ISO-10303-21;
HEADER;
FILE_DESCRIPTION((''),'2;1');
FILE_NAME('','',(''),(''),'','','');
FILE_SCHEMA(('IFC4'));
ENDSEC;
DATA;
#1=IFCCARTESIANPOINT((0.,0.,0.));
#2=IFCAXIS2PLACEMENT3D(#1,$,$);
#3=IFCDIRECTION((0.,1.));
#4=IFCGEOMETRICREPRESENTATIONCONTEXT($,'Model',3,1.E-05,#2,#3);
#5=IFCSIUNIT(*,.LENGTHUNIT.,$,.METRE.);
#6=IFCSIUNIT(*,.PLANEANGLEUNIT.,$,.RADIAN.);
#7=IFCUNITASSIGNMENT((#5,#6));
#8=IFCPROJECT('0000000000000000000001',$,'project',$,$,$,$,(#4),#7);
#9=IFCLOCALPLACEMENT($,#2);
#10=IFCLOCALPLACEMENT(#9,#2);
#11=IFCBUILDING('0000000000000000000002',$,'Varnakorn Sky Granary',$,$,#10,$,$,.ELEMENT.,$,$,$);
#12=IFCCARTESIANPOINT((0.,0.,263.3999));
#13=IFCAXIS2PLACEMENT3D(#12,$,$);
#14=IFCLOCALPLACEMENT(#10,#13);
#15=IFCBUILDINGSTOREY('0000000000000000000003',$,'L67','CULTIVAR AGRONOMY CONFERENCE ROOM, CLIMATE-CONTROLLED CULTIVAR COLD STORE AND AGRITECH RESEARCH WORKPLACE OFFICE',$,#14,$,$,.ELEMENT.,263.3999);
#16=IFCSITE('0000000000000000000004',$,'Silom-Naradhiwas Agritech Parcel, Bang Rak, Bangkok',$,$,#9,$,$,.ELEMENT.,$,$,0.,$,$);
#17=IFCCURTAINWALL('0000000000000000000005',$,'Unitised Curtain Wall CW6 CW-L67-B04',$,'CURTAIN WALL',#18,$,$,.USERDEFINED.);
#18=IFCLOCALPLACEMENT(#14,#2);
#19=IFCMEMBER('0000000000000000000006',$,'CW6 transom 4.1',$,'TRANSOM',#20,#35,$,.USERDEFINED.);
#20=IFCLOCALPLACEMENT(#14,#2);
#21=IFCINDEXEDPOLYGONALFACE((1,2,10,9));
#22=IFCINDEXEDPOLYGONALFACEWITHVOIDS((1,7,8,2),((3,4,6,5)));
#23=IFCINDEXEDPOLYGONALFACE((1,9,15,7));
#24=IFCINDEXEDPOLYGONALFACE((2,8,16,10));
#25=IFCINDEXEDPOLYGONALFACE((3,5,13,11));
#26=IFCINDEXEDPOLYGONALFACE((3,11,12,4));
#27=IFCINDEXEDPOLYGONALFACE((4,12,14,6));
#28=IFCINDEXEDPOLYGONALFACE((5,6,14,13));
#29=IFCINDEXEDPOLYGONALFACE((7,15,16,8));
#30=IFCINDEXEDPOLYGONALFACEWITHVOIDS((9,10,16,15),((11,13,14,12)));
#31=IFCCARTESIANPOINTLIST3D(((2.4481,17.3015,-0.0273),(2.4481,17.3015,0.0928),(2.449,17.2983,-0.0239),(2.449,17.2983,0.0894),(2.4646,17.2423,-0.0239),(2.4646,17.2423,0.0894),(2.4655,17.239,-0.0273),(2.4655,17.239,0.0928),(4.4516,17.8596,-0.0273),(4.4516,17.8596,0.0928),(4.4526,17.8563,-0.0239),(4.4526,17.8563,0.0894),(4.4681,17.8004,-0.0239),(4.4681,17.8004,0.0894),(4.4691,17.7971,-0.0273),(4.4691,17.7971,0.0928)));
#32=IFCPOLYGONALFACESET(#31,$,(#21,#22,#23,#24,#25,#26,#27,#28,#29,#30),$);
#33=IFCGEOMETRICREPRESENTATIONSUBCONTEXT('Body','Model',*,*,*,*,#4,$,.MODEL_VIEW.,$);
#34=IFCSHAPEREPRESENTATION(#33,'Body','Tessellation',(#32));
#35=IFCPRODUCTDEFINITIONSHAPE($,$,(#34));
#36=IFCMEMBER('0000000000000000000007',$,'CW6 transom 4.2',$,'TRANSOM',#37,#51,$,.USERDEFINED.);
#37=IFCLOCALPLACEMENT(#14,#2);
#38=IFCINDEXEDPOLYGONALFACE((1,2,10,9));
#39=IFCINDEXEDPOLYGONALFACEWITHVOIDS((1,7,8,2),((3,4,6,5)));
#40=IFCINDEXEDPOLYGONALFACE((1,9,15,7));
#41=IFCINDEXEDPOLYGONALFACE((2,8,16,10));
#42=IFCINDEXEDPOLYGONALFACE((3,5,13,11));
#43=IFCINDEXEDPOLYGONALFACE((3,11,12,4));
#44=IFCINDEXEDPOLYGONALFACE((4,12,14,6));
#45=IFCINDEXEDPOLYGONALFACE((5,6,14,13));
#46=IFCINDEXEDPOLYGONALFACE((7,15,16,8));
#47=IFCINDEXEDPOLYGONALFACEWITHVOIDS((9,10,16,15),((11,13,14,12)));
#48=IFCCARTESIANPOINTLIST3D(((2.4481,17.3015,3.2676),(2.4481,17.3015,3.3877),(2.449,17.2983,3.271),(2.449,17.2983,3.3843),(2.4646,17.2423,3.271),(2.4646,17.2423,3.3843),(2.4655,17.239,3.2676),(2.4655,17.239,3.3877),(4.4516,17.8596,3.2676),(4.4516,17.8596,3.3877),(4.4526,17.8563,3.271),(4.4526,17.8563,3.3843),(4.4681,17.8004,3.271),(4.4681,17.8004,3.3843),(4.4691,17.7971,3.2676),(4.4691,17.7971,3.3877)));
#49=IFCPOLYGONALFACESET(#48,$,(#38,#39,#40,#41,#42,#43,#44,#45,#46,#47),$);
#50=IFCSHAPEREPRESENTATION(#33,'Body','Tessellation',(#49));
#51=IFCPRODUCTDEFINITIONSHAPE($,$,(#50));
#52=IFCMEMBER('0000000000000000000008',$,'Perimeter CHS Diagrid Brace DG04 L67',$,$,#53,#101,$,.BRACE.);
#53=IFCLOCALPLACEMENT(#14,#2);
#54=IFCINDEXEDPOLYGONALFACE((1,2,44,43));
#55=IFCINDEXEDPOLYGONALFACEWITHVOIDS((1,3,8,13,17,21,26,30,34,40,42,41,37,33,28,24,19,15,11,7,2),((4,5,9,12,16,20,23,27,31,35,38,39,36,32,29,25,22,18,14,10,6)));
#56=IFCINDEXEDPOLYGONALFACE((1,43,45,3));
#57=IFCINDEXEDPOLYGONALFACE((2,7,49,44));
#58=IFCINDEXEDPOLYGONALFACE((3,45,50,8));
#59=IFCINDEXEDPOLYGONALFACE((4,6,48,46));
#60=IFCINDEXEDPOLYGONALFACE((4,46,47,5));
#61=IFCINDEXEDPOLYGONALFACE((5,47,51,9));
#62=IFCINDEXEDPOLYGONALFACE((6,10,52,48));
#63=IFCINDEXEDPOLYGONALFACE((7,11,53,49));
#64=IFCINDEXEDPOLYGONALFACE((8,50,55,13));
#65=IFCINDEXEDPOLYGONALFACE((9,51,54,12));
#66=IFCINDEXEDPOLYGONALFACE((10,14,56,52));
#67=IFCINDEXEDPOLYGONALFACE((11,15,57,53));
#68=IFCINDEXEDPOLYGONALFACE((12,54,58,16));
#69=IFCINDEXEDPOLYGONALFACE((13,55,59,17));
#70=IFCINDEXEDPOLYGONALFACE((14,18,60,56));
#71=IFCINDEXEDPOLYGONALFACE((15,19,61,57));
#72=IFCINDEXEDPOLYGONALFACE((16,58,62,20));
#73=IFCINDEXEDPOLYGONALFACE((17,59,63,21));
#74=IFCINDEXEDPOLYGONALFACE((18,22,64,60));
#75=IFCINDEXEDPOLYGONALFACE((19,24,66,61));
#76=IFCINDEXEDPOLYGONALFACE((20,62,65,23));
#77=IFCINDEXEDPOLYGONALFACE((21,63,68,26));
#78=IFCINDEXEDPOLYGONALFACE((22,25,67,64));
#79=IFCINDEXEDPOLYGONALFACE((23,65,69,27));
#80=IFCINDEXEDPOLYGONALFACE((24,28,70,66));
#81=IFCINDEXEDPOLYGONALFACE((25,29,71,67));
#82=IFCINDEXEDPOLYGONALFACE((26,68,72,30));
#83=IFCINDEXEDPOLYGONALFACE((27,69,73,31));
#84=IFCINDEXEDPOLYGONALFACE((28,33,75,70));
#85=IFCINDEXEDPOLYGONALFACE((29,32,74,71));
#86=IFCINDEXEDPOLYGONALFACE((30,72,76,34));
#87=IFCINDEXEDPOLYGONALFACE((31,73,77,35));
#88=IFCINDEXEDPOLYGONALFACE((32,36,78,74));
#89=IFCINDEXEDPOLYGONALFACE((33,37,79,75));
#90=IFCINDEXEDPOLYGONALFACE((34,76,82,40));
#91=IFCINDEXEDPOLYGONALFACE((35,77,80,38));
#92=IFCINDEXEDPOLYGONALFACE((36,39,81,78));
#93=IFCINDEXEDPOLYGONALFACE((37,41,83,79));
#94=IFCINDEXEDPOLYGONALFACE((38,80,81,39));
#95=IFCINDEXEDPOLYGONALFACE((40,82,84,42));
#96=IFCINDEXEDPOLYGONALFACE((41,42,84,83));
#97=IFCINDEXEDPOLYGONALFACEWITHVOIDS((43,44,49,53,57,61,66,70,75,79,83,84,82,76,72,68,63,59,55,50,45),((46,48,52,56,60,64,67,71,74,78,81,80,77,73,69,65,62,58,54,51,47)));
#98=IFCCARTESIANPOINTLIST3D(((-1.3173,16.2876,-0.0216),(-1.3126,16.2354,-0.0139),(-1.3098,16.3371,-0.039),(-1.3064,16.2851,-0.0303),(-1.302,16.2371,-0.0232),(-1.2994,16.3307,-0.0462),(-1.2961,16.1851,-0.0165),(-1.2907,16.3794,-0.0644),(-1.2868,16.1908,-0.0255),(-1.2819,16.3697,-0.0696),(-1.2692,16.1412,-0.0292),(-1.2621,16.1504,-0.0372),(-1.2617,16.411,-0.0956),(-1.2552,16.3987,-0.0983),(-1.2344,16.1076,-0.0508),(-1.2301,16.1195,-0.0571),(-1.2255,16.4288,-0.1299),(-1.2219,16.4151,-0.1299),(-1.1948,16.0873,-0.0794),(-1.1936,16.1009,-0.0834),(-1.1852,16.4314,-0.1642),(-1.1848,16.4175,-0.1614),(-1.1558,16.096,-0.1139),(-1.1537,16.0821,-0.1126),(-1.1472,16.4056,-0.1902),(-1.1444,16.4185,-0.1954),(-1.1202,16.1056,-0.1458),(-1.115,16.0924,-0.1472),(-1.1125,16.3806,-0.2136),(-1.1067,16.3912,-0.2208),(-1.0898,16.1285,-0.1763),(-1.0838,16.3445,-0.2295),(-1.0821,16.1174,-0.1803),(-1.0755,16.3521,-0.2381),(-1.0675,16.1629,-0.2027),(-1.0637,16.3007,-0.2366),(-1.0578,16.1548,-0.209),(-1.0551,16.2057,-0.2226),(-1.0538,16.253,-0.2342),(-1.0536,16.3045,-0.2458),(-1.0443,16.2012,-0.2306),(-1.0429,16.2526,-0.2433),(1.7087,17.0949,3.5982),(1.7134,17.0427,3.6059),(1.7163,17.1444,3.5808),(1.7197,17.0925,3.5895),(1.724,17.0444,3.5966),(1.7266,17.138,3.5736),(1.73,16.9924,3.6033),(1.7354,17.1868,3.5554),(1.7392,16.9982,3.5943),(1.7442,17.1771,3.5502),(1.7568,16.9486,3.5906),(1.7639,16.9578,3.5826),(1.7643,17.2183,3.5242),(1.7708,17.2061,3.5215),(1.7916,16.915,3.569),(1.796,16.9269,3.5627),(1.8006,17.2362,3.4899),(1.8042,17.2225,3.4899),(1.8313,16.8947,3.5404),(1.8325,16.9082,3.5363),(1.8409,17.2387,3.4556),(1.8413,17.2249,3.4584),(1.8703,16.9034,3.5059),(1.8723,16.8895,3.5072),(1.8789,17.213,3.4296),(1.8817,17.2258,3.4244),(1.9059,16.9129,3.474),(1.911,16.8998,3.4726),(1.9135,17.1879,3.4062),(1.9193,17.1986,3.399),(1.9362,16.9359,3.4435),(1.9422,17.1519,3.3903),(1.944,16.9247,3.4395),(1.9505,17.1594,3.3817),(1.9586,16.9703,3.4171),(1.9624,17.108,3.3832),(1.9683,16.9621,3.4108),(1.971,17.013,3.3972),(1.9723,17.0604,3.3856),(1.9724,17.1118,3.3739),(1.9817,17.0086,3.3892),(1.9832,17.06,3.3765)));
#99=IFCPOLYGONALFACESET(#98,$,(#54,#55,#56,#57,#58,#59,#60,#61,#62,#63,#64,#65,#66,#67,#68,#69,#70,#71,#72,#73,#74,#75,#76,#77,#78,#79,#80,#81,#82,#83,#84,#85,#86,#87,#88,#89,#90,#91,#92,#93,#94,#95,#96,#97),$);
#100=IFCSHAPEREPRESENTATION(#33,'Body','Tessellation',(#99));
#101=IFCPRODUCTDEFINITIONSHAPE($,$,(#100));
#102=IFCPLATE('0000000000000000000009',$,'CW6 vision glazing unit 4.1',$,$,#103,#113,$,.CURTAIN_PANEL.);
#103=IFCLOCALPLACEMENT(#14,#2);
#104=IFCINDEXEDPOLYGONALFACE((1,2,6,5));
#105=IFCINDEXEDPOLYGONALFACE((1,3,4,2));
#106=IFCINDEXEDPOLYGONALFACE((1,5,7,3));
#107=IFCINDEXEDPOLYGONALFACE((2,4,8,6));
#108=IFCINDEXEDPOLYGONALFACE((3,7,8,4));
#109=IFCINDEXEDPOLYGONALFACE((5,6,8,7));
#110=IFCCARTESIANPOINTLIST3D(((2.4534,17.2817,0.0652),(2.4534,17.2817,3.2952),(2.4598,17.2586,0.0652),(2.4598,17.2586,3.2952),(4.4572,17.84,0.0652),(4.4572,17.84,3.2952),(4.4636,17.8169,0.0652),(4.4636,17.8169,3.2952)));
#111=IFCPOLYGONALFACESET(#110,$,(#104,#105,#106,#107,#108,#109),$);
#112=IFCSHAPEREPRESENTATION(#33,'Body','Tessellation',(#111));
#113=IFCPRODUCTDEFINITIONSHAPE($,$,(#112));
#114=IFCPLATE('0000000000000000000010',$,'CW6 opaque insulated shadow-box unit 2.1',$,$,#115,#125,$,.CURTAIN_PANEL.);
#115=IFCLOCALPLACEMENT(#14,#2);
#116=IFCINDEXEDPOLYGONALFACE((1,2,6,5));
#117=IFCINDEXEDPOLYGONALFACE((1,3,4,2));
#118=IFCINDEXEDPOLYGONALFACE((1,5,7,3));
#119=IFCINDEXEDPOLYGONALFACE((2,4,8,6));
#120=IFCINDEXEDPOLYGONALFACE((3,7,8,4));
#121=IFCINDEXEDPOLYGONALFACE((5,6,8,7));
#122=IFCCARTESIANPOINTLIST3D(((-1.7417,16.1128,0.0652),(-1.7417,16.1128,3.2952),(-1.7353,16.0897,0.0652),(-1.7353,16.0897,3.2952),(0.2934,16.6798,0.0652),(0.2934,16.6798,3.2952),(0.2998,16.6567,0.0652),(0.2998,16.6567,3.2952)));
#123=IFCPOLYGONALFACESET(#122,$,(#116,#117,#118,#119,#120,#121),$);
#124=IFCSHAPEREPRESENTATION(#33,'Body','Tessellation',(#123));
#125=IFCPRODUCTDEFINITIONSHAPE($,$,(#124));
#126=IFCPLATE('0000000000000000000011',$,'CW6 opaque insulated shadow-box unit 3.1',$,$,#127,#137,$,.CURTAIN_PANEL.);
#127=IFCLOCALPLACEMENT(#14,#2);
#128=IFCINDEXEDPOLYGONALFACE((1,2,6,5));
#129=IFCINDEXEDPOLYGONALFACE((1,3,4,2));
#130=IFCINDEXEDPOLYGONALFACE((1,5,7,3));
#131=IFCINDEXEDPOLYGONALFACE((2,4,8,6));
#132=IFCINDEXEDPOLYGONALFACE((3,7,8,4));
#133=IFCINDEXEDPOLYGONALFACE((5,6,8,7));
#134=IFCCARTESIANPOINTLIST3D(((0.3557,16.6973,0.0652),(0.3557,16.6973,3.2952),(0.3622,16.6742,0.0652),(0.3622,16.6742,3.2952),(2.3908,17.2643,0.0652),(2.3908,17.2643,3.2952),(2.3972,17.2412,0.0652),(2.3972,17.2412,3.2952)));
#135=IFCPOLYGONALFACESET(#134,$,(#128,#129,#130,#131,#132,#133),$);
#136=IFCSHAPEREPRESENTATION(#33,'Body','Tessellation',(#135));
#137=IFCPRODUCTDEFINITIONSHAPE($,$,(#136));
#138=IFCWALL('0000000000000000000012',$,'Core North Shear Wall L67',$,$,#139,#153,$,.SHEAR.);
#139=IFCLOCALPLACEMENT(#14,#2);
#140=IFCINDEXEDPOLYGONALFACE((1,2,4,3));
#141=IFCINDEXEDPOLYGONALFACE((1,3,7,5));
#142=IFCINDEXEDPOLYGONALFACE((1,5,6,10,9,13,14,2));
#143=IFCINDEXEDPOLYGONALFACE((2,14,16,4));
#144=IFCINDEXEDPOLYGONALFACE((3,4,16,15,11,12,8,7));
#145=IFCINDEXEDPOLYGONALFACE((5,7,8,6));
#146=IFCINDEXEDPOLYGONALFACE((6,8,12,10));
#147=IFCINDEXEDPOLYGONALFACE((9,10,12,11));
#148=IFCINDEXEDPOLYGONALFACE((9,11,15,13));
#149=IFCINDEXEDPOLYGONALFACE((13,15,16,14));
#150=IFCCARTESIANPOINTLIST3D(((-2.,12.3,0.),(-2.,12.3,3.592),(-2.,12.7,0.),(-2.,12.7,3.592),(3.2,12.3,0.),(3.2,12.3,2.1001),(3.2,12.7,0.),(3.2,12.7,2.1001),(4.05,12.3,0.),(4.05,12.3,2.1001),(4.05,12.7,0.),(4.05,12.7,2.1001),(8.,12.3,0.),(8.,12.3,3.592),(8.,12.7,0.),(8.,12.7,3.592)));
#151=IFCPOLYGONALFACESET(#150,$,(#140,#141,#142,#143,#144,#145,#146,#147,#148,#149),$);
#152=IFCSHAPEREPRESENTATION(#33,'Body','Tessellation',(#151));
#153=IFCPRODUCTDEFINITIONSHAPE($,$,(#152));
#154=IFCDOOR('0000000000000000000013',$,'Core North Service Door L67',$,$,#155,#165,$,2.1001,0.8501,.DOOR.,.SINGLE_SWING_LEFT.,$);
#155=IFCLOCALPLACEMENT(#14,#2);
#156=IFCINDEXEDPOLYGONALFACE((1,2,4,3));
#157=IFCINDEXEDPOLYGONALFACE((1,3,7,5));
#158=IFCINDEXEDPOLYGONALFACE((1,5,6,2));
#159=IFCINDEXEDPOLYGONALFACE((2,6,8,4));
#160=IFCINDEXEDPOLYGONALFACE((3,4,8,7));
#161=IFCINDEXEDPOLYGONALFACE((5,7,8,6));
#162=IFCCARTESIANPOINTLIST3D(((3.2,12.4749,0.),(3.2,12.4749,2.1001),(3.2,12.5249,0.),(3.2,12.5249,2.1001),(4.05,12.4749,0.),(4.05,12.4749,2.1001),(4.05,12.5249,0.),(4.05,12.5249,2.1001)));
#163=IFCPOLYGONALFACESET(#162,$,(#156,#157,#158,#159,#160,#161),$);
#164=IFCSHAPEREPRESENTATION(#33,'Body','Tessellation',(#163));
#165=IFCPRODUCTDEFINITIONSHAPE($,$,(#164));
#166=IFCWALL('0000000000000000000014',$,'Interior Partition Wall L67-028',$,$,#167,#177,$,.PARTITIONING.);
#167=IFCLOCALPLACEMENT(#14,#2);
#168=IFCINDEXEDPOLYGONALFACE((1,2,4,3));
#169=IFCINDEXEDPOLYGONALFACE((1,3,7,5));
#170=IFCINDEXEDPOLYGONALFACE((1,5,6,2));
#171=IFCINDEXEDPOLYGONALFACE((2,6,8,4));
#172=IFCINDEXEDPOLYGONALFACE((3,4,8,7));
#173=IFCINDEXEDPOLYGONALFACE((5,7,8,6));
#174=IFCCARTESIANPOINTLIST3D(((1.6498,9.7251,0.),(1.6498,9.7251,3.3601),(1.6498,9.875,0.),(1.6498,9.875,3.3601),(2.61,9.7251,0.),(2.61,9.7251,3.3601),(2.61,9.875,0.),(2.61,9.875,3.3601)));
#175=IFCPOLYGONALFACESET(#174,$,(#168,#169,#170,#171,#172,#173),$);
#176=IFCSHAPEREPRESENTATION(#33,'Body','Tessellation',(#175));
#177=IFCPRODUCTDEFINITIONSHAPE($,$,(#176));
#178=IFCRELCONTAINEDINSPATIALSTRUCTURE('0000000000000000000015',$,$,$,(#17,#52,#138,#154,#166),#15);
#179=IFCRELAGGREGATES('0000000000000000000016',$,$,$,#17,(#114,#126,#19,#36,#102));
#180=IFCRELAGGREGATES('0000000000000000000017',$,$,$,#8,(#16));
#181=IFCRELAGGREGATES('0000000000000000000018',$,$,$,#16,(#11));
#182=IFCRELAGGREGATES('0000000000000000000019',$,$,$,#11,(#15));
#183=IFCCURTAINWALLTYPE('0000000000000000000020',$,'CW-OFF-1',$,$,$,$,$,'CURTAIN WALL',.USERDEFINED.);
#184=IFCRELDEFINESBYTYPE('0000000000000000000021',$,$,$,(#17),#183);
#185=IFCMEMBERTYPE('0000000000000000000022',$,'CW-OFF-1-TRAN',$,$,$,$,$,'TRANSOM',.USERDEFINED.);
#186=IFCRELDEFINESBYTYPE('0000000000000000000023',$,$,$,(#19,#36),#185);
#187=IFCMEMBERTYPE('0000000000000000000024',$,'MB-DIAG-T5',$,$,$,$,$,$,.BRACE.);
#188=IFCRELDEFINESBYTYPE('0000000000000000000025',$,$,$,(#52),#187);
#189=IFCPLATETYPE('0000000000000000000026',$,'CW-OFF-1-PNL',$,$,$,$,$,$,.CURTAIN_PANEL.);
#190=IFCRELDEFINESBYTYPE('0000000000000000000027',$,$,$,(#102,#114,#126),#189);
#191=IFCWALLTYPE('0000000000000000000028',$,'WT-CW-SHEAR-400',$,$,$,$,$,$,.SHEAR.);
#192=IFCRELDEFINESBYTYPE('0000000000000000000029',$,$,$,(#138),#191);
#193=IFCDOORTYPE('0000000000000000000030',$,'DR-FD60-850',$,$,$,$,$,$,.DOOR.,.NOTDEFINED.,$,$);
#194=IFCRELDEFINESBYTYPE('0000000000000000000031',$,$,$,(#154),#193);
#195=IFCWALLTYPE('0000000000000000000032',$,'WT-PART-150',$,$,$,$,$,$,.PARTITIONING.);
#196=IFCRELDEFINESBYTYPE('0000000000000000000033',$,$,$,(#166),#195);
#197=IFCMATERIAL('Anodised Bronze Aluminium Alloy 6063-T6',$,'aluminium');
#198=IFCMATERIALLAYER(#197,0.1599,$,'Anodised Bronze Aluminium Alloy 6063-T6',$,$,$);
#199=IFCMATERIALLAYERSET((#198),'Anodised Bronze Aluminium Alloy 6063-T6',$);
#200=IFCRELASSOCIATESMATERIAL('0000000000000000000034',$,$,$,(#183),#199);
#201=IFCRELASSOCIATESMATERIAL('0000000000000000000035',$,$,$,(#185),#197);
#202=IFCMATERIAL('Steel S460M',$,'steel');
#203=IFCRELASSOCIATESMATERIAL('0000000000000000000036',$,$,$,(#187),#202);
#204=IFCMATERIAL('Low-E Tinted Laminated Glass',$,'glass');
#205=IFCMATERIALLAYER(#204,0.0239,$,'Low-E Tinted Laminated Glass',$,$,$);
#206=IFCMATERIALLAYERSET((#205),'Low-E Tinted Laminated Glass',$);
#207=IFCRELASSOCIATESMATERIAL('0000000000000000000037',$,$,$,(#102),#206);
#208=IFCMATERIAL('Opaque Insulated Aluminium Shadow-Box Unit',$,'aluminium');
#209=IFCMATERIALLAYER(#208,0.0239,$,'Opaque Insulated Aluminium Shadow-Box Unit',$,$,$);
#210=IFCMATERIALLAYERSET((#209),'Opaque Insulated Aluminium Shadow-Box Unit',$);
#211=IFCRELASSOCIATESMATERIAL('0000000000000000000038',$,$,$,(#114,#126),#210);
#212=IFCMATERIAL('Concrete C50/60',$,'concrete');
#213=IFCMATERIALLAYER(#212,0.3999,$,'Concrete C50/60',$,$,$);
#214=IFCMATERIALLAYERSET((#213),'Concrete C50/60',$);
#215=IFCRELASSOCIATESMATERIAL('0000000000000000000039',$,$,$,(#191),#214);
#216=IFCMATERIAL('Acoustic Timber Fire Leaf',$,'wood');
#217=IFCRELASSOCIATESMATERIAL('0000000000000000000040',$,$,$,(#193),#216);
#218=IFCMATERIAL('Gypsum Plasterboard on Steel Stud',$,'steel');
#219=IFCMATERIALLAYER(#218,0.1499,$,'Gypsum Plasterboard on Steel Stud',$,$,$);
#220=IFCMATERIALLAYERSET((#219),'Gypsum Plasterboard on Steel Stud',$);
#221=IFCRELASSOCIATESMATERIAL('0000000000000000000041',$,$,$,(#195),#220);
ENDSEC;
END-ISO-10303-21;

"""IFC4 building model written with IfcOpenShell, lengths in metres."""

from ifc_helpers import new_model, si_unit, direction, frame, frame_2d, origin, origin_2d, place, context, subcontext, project, spatial, rectangle, hollow_rectangle, hollow_circle, extrude, source, transform, mapped, material, layer, layer_set, material_profile, profile_set, type_object, type_shapes, element, fill, aggregate, save


model = new_model("IFC4")

# Units and contexts
model_context = context("Model", 3, precision=1e-05, world=origin(), true_north=direction((0.0, 1.0)))
body_context = subcontext(model_context, "Body", "Model", "MODEL_VIEW")
ifc_project = project(units=[si_unit("LENGTHUNIT", "METRE"), si_unit("PLANEANGLEUNIT", "RADIAN")], contexts=[model_context])

# Site, building, storey
site_placement = place(None, origin())
site = spatial("IfcSite", under=ifc_project, at=site_placement, Name="Silom-Naradhiwas Agritech Parcel, Bang Rak, Bangkok", CompositionType="ELEMENT", RefElevation=0.0)
building_placement = place(site_placement, origin())
building = spatial("IfcBuilding", under=site, at=building_placement, Name="Varnakorn Sky Granary", CompositionType="ELEMENT")
storey_placement = place(building_placement, frame((0.0, 0.0, 263.3999)))
storey = spatial("IfcBuildingStorey", under=building, at=storey_placement, Name="L67", Description="CULTIVAR AGRONOMY CONFERENCE ROOM, CLIMATE-CONTROLLED CULTIVAR COLD STORE AND AGRITECH RESEARCH WORKPLACE OFFICE", CompositionType="ELEMENT", Elevation=263.3999)

# Curtain wall, members
ifc_material_1 = material(Name="Anodised Bronze Aluminium Alloy 6063-T6", Category="aluminium")
ifc_layer_1 = layer(ifc_material_1, 0.1599, Name="Anodised Bronze Aluminium Alloy 6063-T6")
ifc_layer_set_1 = layer_set([ifc_layer_1], Name="Anodised Bronze Aluminium Alloy 6063-T6")
curtain_wall_type = type_object("IfcCurtainWallType", Name="CW-OFF-1", ElementType="CURTAIN WALL", PredefinedType="USERDEFINED", material=ifc_layer_set_1)
curtain_wall_placement = place(storey_placement, origin())
curtain_wall = element("IfcCurtainWall", 1, at=curtain_wall_placement, inside=storey, type_object=curtain_wall_type, Name="Unitised Curtain Wall CW6 CW-L67-B04", ObjectType="CURTAIN WALL", PredefinedType="USERDEFINED")
ifc_material_profile_1 = material_profile(ifc_material_1, hollow_rectangle(XDim=0.0649, YDim=0.1201, WallThickness=0.0034, at=origin_2d()), Name="ALU TRAN 65x120")
ifc_profile_set_1 = profile_set([ifc_material_profile_1], Name="Anodised Bronze Aluminium Alloy 6063-T6")
member_type_1 = type_object("IfcMemberType", Name="CW-OFF-1-TRAN", ElementType="TRANSOM", PredefinedType="USERDEFINED", material=ifc_profile_set_1)
member_1_placement = place(storey_placement, frame((2.4568, 17.2703, 0.0327), z_axis=(0.963328, 0.268328, 0.0), x_axis=(-0.268328, 0.963328, 0.0)))
member_1 = element("IfcMember", 2, at=member_1_placement, type_object=member_type_1, Name="CW6 transom 4.1", ObjectType="TRANSOM", PredefinedType="USERDEFINED", context=body_context, shape_type="SweptSolid", body=[
    extrude(hollow_rectangle(XDim=0.0649, YDim=0.1201, WallThickness=0.0034, at=origin_2d()), origin(), (0.0, 0.0, 1.0), 2.0798),
])
member_2_placement = place(storey_placement, frame((2.4568, 17.2703, 3.3276), z_axis=(0.963328, 0.268328, 0.0), x_axis=(-0.268328, 0.963328, 0.0)))
member_2 = element("IfcMember", 3, at=member_2_placement, type_object=member_type_1, Name="CW6 transom 4.2", ObjectType="TRANSOM", PredefinedType="USERDEFINED", context=body_context, shape_type="SweptSolid", body=[
    extrude(hollow_rectangle(XDim=0.0649, YDim=0.1201, WallThickness=0.0034, at=origin_2d()), origin(), (0.0, 0.0, 1.0), 2.0798),
])

# Member
ifc_material_2 = material(Name="Steel S460M", Category="steel")
ifc_material_profile_2 = material_profile(ifc_material_2, hollow_circle(Radius=0.1777, WallThickness=0.0142, at=origin_2d()), Name="CHS 355.6x14")
ifc_profile_set_2 = profile_set([ifc_material_profile_2], Name="Steel S460M")
member_type_2 = type_object("IfcMemberType", Name="MB-DIAG-T5", PredefinedType="BRACE", material=ifc_profile_set_2)
member_3_placement = place(storey_placement, frame((-1.1797, 16.2571, -0.1299), z_axis=(0.63219, 0.168669, 0.756231), x_axis=(-0.257784, 0.966203, 0.0)))
element("IfcMember", 4, at=member_3_placement, inside=storey, type_object=member_type_2, Name="Perimeter CHS Diagrid Brace DG04 L67", PredefinedType="BRACE", context=body_context, shape_type="SweptSolid", body=[
    extrude(hollow_circle(Radius=0.1777, WallThickness=0.0142, at=origin_2d()), origin(), (0.0, 0.0, 1.0), 4.7866),
])

# Plates
ifc_material_3 = material(Name="Low-E Tinted Laminated Glass", Category="glass")
ifc_layer_2 = layer(ifc_material_3, 0.0239, Name="Low-E Tinted Laminated Glass")
ifc_layer_set_2 = layer_set([ifc_layer_2], Name="Low-E Tinted Laminated Glass")
plate_type = type_object("IfcPlateType", Name="CW-OFF-1-PNL", PredefinedType="CURTAIN_PANEL")
shared_shape_1 = source(origin(), body_context, "Body", "SweptSolid", [
    extrude(rectangle(XDim=2.0801, YDim=0.0239, at=origin_2d()), origin(), (0.0, 0.0, 1.0), 3.23),
])
plate_1_placement = place(storey_placement, frame((3.4585, 17.5493, 0.0652), z_axis=(0.0, 0.0, 1.0), x_axis=(0.963307, 0.268401, 0.0)))
plate_1 = element("IfcPlate", 5, at=plate_1_placement, type_object=plate_type, material=ifc_layer_set_2, Name="CW6 vision glazing unit 4.1", PredefinedType="CURTAIN_PANEL", context=body_context, shape_type="MappedRepresentation", body=[
    mapped(shared_shape_1, transform((0.0, 0.0, 0.0), x_axis=(1.0, 0.0, 0.0), y_axis=(0.0, 1.0, 0.0), z_axis=(0.0, 0.0, 1.0), scale=1.0)),
])
ifc_material_4 = material(Name="Opaque Insulated Aluminium Shadow-Box Unit", Category="aluminium")
ifc_layer_3 = layer(ifc_material_4, 0.0239, Name="Opaque Insulated Aluminium Shadow-Box Unit")
ifc_layer_set_3 = layer_set([ifc_layer_3], Name="Opaque Insulated Aluminium Shadow-Box Unit")
shared_shape_2 = source(origin(), body_context, "Body", "SweptSolid", [
    extrude(rectangle(XDim=2.1125, YDim=0.0239, at=origin_2d()), origin(), (0.0, 0.0, 1.0), 3.23),
])
type_shapes(plate_type, [shared_shape_1, shared_shape_2])
plate_2_placement = place(storey_placement, frame((-0.7209, 16.3848, 0.0652), z_axis=(0.0, 0.0, 1.0), x_axis=(0.963307, 0.268401, 0.0)))
plate_2 = element("IfcPlate", 6, at=plate_2_placement, type_object=plate_type, material=ifc_layer_set_3, Name="CW6 opaque insulated shadow-box unit 2.1", PredefinedType="CURTAIN_PANEL", context=body_context, shape_type="MappedRepresentation", body=[
    mapped(shared_shape_2, transform((0.0, 0.0, 0.0), x_axis=(1.0, 0.0, 0.0), y_axis=(0.0, 1.0, 0.0), z_axis=(0.0, 0.0, 1.0), scale=1.0)),
])
plate_3_placement = place(storey_placement, frame((1.3765, 16.9692, 0.0652), z_axis=(0.0, 0.0, 1.0), x_axis=(0.963307, 0.268401, 0.0)))
plate_3 = element("IfcPlate", 7, at=plate_3_placement, type_object=plate_type, material=ifc_layer_set_3, Name="CW6 opaque insulated shadow-box unit 3.1", PredefinedType="CURTAIN_PANEL", context=body_context, shape_type="MappedRepresentation", body=[
    mapped(shared_shape_2, transform((0.0, 0.0, 0.0), x_axis=(1.0, 0.0, 0.0), y_axis=(0.0, 1.0, 0.0), z_axis=(0.0, 0.0, 1.0), scale=1.0)),
])
aggregate(curtain_wall, [plate_2, plate_3, member_1, member_2, plate_1])

# Wall, opening, door
ifc_material_5 = material(Name="Concrete C50/60", Category="concrete")
ifc_layer_4 = layer(ifc_material_5, 0.3999, Name="Concrete C50/60")
ifc_layer_set_4 = layer_set([ifc_layer_4], Name="Concrete C50/60")
wall_type_1 = type_object("IfcWallType", Name="WT-CW-SHEAR-400", PredefinedType="SHEAR", material=ifc_layer_set_4)
wall_1_placement = place(storey_placement, frame((-2.0, 12.5, 0.0), z_axis=(0.0, 0.0, 1.0), x_axis=(1.0, 0.0, 0.0)))
wall_1 = element("IfcWall", 8, at=wall_1_placement, inside=storey, type_object=wall_type_1, Name="Core North Shear Wall L67", PredefinedType="SHEAR", context=body_context, shape_type="SweptSolid", body=[
    extrude(rectangle(XDim=10.0, YDim=0.3999, at=frame_2d((5.0, 0.0))), origin(), (0.0, 0.0, 1.0), 3.592),
])
opening_placement = place(wall_1_placement, frame((5.2, 0.0, 0.0)))
opening = element("IfcOpeningElement", 9, at=opening_placement, cuts=wall_1, PredefinedType="OPENING", context=body_context, shape_type="SweptSolid", body=[
    extrude(rectangle(XDim=0.8501, YDim=2.1001, at=frame_2d((0.425, 1.05))), frame((0.0, 0.21, 0.0), z_axis=(0.0, -1.0, 0.0), x_axis=(1.0, 0.0, 0.0)), (0.0, 0.0, 1.0), 0.4199),
])
ifc_material_6 = material(Name="Acoustic Timber Fire Leaf", Category="wood")
door_type = type_object("IfcDoorType", Name="DR-FD60-850", OperationType="NOTDEFINED", PredefinedType="DOOR", material=ifc_material_6)
door_placement = place(opening_placement, origin())
door = element("IfcDoor", 10, at=door_placement, inside=storey, type_object=door_type, Name="Core North Service Door L67", OperationType="SINGLE_SWING_LEFT", OverallHeight=2.1001, OverallWidth=0.8501, PredefinedType="DOOR", context=body_context, shape_type="SweptSolid", body=[
    extrude(rectangle(XDim=0.8501, YDim=2.1001, at=frame_2d((0.425, 1.05))), frame((0.0, 0.0249, 0.0), z_axis=(0.0, -1.0, 0.0), x_axis=(1.0, 0.0, 0.0)), (0.0, 0.0, 1.0), 0.05),
])
fill(opening, door)

# Wall
ifc_material_7 = material(Name="Gypsum Plasterboard on Steel Stud", Category="steel")
ifc_layer_5 = layer(ifc_material_7, 0.1499, Name="Gypsum Plasterboard on Steel Stud")
ifc_layer_set_5 = layer_set([ifc_layer_5], Name="Gypsum Plasterboard on Steel Stud")
wall_type_2 = type_object("IfcWallType", Name="WT-PART-150", PredefinedType="PARTITIONING", material=ifc_layer_set_5)
wall_2_placement = place(storey_placement, frame((1.6499, 9.8, 0.0), z_axis=(0.0, 0.0, 1.0), x_axis=(1.0, 0.0, 0.0)))
element("IfcWall", 11, at=wall_2_placement, inside=storey, type_object=wall_type_2, Name="Interior Partition Wall L67-028", PredefinedType="PARTITIONING", context=body_context, shape_type="SweptSolid", body=[
    extrude(rectangle(XDim=0.9602, YDim=0.1499, at=frame_2d((0.48, 0.0))), origin(), (0.0, 0.0, 1.0), 3.3601),
])

save(model, "model.ifc")
